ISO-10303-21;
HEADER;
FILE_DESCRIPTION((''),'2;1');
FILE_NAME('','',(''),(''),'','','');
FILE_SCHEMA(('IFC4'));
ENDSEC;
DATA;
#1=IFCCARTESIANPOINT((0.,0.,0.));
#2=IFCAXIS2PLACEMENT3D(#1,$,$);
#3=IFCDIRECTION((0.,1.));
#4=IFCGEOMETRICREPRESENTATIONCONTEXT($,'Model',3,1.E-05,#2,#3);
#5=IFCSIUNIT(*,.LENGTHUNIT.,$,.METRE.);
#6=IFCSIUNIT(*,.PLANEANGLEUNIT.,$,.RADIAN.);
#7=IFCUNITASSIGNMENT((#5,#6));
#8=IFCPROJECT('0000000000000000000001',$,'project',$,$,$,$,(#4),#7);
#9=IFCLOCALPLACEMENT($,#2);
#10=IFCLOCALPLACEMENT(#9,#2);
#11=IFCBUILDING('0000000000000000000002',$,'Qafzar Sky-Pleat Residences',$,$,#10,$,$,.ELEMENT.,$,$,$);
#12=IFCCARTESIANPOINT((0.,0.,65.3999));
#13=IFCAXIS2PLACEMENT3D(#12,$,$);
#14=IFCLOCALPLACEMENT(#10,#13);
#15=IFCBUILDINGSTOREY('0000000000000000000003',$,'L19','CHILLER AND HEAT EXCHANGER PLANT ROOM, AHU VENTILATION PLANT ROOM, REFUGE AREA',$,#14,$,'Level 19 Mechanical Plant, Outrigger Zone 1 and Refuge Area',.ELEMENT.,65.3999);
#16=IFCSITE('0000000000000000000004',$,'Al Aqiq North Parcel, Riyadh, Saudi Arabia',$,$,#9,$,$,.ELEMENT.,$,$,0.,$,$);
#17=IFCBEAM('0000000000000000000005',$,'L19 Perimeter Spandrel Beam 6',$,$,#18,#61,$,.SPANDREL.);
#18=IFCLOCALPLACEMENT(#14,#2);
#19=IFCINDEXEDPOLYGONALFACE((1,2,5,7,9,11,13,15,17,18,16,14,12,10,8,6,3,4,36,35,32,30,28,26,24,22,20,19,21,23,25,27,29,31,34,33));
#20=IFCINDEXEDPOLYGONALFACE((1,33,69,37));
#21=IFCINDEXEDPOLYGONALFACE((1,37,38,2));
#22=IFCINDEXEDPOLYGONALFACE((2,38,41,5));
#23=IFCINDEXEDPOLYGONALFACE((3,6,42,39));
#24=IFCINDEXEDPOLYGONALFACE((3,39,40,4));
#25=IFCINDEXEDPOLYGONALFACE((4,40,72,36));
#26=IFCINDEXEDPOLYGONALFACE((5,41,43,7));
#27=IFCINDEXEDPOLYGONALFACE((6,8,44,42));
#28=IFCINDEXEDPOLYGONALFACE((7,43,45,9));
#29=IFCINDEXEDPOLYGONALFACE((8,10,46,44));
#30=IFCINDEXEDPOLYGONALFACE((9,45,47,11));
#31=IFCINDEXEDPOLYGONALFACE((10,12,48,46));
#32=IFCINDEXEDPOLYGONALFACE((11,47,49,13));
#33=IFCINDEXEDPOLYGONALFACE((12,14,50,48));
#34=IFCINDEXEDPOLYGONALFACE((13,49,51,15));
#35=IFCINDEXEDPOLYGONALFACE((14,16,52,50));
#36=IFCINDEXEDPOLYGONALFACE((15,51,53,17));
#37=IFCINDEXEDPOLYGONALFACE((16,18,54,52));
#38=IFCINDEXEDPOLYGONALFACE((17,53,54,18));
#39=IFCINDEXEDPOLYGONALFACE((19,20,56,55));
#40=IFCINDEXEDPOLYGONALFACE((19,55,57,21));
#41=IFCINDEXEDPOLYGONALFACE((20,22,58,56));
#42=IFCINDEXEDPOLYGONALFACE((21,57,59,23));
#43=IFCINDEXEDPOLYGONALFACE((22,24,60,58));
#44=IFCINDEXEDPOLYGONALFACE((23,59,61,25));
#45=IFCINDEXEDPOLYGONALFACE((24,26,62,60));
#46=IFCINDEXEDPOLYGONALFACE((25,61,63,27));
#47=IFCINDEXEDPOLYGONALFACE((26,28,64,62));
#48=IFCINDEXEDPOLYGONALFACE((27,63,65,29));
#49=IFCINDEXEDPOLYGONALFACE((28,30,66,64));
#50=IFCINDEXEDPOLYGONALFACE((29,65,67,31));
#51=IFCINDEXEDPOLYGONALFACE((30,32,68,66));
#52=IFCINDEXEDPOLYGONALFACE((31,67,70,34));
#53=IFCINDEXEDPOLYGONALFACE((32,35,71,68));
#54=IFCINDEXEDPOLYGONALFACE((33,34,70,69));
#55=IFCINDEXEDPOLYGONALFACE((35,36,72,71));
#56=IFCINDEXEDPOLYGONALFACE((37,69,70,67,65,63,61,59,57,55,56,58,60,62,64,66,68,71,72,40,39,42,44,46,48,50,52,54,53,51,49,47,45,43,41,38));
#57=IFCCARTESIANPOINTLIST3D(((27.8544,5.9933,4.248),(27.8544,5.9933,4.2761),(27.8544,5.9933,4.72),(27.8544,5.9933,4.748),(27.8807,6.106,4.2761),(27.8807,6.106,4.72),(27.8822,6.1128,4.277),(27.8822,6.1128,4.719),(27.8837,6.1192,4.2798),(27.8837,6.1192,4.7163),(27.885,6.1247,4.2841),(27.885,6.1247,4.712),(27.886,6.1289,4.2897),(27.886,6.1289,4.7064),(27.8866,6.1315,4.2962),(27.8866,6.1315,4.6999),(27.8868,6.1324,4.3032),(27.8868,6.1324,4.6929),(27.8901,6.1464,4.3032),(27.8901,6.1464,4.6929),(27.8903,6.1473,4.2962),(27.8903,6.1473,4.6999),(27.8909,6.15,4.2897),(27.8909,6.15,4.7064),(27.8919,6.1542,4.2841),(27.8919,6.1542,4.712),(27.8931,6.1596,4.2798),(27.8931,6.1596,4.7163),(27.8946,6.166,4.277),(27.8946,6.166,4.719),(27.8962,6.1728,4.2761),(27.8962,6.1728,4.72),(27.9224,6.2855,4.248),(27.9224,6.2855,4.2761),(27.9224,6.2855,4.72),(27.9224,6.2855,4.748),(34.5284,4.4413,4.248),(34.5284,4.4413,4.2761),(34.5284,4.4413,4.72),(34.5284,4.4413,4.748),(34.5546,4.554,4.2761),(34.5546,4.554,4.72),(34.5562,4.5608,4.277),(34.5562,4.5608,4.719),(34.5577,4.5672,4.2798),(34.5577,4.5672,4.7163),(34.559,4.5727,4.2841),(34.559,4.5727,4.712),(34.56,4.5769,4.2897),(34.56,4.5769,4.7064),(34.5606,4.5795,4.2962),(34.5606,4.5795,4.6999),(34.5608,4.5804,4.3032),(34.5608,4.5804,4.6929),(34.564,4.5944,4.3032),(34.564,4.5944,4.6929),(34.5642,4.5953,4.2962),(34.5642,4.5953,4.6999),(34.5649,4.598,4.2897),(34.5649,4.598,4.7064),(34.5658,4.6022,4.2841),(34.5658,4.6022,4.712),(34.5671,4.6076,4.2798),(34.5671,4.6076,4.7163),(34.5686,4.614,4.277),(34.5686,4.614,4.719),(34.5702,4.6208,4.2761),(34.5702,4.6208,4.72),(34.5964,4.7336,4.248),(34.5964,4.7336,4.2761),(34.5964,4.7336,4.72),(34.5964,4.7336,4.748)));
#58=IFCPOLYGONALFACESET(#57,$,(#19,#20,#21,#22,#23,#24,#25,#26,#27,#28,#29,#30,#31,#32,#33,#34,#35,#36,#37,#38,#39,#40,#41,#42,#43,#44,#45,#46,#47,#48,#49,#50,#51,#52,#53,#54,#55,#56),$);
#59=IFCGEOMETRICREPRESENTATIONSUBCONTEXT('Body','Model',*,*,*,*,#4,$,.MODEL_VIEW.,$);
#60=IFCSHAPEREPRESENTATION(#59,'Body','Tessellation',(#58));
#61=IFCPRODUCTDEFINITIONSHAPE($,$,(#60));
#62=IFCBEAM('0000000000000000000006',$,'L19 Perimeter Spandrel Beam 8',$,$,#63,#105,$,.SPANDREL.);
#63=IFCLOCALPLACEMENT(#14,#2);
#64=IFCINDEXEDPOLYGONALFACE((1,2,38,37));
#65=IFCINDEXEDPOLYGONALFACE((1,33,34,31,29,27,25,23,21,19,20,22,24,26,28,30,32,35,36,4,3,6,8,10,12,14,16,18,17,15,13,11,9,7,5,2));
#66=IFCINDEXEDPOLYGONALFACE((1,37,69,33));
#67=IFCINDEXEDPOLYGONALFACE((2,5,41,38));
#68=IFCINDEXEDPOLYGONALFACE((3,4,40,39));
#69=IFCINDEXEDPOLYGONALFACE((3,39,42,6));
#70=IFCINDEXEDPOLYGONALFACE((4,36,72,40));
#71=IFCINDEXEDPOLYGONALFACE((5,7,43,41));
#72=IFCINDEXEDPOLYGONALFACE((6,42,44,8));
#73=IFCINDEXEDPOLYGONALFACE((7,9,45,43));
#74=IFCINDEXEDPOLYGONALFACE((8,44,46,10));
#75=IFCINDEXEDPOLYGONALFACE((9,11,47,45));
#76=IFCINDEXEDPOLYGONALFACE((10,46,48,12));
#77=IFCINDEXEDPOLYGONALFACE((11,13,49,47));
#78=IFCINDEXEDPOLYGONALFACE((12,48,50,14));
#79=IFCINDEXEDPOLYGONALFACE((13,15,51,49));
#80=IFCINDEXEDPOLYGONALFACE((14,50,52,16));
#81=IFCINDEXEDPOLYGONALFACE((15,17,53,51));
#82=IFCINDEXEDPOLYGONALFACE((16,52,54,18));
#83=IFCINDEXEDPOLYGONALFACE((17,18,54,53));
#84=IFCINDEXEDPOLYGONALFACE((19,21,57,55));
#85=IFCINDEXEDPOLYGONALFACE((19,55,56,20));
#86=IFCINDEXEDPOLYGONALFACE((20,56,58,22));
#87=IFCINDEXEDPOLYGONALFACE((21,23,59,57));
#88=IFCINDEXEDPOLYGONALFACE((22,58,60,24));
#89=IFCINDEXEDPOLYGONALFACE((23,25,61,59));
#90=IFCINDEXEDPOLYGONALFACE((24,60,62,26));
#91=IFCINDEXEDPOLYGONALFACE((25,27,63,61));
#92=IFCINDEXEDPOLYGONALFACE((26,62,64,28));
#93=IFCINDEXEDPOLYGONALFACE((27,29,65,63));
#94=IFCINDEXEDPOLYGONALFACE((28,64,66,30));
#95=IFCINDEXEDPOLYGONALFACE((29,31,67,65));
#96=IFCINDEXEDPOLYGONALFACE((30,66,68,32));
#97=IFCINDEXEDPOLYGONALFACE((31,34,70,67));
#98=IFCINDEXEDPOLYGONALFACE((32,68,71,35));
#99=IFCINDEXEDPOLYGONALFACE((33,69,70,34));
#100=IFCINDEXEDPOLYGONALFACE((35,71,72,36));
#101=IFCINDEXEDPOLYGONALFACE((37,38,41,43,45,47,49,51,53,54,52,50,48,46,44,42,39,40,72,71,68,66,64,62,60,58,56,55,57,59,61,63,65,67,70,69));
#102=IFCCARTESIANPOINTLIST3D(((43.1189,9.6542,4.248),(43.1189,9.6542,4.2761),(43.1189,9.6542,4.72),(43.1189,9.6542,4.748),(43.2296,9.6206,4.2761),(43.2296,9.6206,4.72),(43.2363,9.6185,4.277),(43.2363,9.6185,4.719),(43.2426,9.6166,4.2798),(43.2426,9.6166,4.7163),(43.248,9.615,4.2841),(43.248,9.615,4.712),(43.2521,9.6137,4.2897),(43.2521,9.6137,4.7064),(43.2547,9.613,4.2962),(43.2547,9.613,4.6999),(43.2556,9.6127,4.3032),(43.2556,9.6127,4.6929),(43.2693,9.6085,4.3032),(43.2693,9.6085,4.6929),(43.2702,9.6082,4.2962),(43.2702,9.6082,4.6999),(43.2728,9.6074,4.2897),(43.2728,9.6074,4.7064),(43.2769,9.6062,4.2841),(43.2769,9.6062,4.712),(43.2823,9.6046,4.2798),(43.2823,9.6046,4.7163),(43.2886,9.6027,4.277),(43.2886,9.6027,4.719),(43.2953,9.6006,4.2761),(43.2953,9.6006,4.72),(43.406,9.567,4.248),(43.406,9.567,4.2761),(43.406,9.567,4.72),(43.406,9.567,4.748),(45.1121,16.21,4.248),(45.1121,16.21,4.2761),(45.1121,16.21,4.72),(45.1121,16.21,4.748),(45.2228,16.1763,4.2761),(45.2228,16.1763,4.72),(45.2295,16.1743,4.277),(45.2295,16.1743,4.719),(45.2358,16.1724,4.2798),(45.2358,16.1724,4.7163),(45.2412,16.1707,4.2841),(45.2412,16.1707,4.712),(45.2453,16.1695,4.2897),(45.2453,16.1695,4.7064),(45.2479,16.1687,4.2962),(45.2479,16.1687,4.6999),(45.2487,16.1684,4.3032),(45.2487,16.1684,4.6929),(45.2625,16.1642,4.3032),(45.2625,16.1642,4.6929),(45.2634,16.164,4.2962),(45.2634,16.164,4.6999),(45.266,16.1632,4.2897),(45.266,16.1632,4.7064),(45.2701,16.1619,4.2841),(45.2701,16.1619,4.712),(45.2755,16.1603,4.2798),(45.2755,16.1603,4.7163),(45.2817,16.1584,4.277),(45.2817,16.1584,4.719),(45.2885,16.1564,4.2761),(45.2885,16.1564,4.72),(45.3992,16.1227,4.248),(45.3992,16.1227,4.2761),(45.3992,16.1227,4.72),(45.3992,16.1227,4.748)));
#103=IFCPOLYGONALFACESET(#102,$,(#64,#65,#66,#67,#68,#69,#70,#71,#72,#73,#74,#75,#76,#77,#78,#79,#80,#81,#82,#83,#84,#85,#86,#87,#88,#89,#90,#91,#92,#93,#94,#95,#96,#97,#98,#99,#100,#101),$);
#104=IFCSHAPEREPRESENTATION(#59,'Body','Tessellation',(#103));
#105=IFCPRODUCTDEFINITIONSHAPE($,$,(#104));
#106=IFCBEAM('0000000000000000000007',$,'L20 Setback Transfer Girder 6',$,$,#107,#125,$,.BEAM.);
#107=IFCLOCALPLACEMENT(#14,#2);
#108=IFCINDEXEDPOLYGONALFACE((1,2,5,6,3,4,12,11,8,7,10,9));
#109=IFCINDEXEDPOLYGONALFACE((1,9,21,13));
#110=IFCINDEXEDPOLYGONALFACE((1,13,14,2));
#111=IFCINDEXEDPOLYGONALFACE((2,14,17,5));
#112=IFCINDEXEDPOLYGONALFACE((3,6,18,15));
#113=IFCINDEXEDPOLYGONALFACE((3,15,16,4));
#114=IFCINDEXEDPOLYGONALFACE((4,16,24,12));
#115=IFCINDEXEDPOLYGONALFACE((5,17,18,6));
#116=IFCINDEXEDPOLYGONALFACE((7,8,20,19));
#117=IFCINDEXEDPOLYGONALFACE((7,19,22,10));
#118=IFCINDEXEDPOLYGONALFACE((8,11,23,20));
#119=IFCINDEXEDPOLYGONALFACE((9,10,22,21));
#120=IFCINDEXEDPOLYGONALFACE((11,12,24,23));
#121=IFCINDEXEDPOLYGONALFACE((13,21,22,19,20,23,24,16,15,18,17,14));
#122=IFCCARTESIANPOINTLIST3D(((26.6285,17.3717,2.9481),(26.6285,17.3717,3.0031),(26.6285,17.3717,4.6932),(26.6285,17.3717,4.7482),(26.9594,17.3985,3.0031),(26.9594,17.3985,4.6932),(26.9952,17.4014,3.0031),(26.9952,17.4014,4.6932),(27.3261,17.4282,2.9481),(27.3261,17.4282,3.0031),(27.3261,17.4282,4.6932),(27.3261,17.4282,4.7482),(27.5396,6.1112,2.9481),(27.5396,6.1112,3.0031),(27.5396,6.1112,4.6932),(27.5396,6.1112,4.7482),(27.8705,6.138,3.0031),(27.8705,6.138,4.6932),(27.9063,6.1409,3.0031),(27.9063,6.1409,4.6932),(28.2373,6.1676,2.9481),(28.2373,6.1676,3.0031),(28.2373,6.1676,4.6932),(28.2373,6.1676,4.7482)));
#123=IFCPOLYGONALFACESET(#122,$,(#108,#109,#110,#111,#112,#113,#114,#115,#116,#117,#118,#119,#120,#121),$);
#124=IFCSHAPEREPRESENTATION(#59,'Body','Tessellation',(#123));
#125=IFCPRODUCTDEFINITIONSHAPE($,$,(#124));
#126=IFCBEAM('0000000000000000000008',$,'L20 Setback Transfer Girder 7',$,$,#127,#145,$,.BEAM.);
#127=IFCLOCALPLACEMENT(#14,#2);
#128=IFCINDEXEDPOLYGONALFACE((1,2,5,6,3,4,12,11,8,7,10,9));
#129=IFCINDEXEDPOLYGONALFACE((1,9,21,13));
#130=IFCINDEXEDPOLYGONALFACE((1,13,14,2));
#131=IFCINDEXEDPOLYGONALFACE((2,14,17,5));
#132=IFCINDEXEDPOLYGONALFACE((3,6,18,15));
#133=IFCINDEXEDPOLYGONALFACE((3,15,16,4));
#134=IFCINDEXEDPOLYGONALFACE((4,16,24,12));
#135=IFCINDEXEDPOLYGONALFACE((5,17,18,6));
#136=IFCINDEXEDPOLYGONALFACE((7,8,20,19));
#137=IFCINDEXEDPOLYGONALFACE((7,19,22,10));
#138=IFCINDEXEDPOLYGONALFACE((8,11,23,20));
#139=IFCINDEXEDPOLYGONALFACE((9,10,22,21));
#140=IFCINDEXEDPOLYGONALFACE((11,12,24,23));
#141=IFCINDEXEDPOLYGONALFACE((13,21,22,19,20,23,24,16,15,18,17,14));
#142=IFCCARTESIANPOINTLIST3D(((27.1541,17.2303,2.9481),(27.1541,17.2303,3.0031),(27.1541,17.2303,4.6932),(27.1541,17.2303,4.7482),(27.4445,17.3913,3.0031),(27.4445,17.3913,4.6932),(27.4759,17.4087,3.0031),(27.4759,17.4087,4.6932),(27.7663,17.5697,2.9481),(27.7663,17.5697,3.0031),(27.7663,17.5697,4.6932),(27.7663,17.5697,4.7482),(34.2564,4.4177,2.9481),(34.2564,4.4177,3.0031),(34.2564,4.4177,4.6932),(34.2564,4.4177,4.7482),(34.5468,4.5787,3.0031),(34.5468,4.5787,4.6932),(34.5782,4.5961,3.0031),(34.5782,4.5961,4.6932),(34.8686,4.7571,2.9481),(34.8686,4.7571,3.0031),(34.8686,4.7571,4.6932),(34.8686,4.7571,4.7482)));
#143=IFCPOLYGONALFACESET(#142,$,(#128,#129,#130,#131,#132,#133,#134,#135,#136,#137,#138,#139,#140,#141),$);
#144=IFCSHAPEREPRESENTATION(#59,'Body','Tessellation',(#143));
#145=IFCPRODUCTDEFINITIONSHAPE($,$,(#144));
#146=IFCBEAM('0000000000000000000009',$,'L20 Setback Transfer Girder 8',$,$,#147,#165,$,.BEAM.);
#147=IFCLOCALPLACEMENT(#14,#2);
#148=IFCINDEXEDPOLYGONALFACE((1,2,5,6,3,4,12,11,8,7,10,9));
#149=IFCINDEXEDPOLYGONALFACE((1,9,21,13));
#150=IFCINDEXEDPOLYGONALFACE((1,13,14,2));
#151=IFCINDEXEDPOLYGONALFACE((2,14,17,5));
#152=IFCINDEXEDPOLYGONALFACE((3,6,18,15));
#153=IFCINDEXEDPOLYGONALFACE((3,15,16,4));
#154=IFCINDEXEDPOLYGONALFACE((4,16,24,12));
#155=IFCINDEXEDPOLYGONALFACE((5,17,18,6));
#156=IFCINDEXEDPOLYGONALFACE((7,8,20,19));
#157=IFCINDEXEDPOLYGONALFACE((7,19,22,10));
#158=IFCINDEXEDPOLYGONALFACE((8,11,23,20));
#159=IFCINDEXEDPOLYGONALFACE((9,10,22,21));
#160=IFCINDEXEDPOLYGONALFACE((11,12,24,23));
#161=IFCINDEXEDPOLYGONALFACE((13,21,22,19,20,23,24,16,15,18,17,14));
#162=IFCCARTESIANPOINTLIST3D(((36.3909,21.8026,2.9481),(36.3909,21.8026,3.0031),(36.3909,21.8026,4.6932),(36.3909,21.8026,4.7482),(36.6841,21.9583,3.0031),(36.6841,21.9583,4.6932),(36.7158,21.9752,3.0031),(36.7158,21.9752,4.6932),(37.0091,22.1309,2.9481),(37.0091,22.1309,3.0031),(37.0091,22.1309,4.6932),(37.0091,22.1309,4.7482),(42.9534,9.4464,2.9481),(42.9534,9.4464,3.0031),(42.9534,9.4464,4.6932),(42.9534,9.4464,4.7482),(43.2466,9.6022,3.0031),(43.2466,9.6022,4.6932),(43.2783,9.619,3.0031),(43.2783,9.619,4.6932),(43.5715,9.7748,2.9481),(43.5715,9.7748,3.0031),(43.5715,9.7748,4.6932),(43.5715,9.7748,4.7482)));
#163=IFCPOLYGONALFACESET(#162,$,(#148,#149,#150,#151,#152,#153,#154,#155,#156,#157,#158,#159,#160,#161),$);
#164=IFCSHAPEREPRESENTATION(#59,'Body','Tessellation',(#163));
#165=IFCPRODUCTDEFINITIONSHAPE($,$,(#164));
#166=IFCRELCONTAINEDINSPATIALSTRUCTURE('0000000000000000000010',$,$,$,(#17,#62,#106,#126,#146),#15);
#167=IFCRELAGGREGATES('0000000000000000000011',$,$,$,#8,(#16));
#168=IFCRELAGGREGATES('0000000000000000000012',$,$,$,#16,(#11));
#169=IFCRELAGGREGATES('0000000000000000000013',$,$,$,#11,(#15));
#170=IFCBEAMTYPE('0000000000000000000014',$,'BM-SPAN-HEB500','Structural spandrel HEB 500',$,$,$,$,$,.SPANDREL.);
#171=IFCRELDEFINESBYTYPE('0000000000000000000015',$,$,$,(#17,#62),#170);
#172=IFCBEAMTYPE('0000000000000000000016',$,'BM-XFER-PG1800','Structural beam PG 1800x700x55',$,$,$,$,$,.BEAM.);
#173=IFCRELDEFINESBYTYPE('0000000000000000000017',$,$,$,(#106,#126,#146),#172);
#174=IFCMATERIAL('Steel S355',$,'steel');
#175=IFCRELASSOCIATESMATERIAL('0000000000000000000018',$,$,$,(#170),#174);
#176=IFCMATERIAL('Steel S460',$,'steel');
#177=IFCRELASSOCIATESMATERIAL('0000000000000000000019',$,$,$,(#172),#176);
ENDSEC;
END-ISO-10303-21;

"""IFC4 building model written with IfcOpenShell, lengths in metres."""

from ifc_helpers import new_model, si_unit, direction, frame, origin, origin_2d, place, context, subcontext, project, spatial, i_section, extrude, source, transform, mapped, material, material_profile, profile_set, type_object, element, save


model = new_model("IFC4")

# Units and contexts
model_context = context("Model", 3, precision=1e-05, world=origin(), true_north=direction((0.0, 1.0)))
body_context = subcontext(model_context, "Body", "Model", "MODEL_VIEW")
ifc_project = project(units=[si_unit("LENGTHUNIT", "METRE"), si_unit("PLANEANGLEUNIT", "RADIAN")], contexts=[model_context])

# Site, building, storey
site_placement = place(None, origin())
site = spatial("IfcSite", under=ifc_project, at=site_placement, Name="Al Aqiq North Parcel, Riyadh, Saudi Arabia", CompositionType="ELEMENT", RefElevation=0.0)
building_placement = place(site_placement, origin())
building = spatial("IfcBuilding", under=site, at=building_placement, Name="Qafzar Sky-Pleat Residences", CompositionType="ELEMENT")
storey_placement = place(building_placement, frame((0.0, 0.0, 65.3999)))
storey = spatial("IfcBuildingStorey", under=building, at=storey_placement, Name="L19", Description="CHILLER AND HEAT EXCHANGER PLANT ROOM, AHU VENTILATION PLANT ROOM, REFUGE AREA", LongName="Level 19 Mechanical Plant, Outrigger Zone 1 and Refuge Area", CompositionType="ELEMENT", Elevation=65.3999)

# Shared definitions
ifc_material_1 = material(Name="Steel S460", Category="steel")

# Beams
ifc_material_2 = material(Name="Steel S355", Category="steel")
ifc_material_profile_1 = material_profile(ifc_material_2, i_section(OverallWidth=0.3, OverallDepth=0.5, WebThickness=0.0144, FlangeThickness=0.0281, FilletRadius=0.0271, at=origin_2d()), Name="HEB 500")
ifc_profile_set_1 = profile_set([ifc_material_profile_1], Name="Steel S355")
beam_type_1 = type_object("IfcBeamType", Name="BM-SPAN-HEB500", Description="Structural spandrel HEB 500", PredefinedType="SPANDREL", material=ifc_profile_set_1)
shared_shape_1 = source(origin(), body_context, "Body", "SweptSolid", [
    extrude(i_section(OverallWidth=0.3, OverallDepth=0.5, WebThickness=0.0144, FlangeThickness=0.0281, FilletRadius=0.0271, at=origin_2d()), origin(), (0.0, 0.0, 1.0), 6.8521),
])
for number, where, z_axis, x_axis, name in (
    (1, (27.8884, 6.1394, 4.498), (0.974012, -0.226499, 0.0), (0.226499, 0.974012, 0.0), "L19 Perimeter Spandrel Beam 6"),
    (2, (43.2625, 9.6106, 4.498), (0.290889, 0.956757, 0.0), (-0.956757, 0.290889, 0.0), "L19 Perimeter Spandrel Beam 8"),
):
    element("IfcBeam", number, at=place(storey_placement, frame(where, z_axis=z_axis, x_axis=x_axis)), inside=storey, type_object=beam_type_1, Name=name, PredefinedType="SPANDREL", context=body_context, shape_type="MappedRepresentation", body=[
        mapped(shared_shape_1, transform((0.0, 0.0, 0.0), x_axis=(1.0, 0.0, 0.0), y_axis=(0.0, 1.0, 0.0), z_axis=(0.0, 0.0, 1.0), scale=1.0)),
    ])
ifc_material_profile_2 = material_profile(ifc_material_1, i_section(OverallWidth=0.7, OverallDepth=1.8, WebThickness=0.0359, FlangeThickness=0.0549, at=origin_2d()), Name="PG 1800x700x55")
ifc_profile_set_2 = profile_set([ifc_material_profile_2], Name="Steel S460")
beam_type_2 = type_object("IfcBeamType", Name="BM-XFER-PG1800", Description="Structural beam PG 1800x700x55", PredefinedType="BEAM", material=ifc_profile_set_2)
shared_shape_2 = source(origin(), body_context, "Body", "SweptSolid", [
    extrude(i_section(OverallWidth=0.7, OverallDepth=1.8, WebThickness=0.0359, FlangeThickness=0.0549, at=origin_2d()), origin(), (0.0, 0.0, 1.0), 11.2974),
])
beam_1_placement = place(storey_placement, frame((27.8884, 6.1394, 3.8481), z_axis=(-0.08065, 0.996742, 0.0), x_axis=(-0.996742, -0.08065, 0.0)))
element("IfcBeam", 3, at=beam_1_placement, inside=storey, type_object=beam_type_2, Name="L20 Setback Transfer Girder 6", PredefinedType="BEAM", context=body_context, shape_type="MappedRepresentation", body=[
    mapped(shared_shape_2, transform((0.0, 0.0, 0.0), x_axis=(1.0, 0.0, 0.0), y_axis=(0.0, 1.0, 0.0), z_axis=(0.0, 0.0, 1.0), scale=1.0)),
])
shared_shape_3 = source(origin(), body_context, "Body", "SweptSolid", [
    extrude(i_section(OverallWidth=0.7, OverallDepth=1.8, WebThickness=0.0359, FlangeThickness=0.0549, at=origin_2d()), origin(), (0.0, 0.0, 1.0), 14.6494),
])
beam_2_placement = place(storey_placement, frame((34.5625, 4.5874, 3.8481), z_axis=(-0.484821, 0.874614, 0.0), x_axis=(-0.874614, -0.484821, 0.0)))
element("IfcBeam", 4, at=beam_2_placement, inside=storey, type_object=beam_type_2, Name="L20 Setback Transfer Girder 7", PredefinedType="BEAM", context=body_context, shape_type="MappedRepresentation", body=[
    mapped(shared_shape_3, transform((0.0, 0.0, 0.0), x_axis=(1.0, 0.0, 0.0), y_axis=(0.0, 1.0, 0.0), z_axis=(0.0, 0.0, 1.0), scale=1.0)),
])
shared_shape_4 = source(origin(), body_context, "Body", "SweptSolid", [
    extrude(i_section(OverallWidth=0.7, OverallDepth=1.8, WebThickness=0.0359, FlangeThickness=0.0549, at=origin_2d()), origin(), (0.0, 0.0, 1.0), 13.9907),
])
beam_3_placement = place(storey_placement, frame((43.2625, 9.6106, 3.8481), z_axis=(-0.469059, 0.883167, 0.0), x_axis=(-0.883167, -0.469059, 0.0)))
element("IfcBeam", 5, at=beam_3_placement, inside=storey, type_object=beam_type_2, Name="L20 Setback Transfer Girder 8", PredefinedType="BEAM", context=body_context, shape_type="MappedRepresentation", body=[
    mapped(shared_shape_4, transform((0.0, 0.0, 0.0), x_axis=(1.0, 0.0, 0.0), y_axis=(0.0, 1.0, 0.0), z_axis=(0.0, 0.0, 1.0), scale=1.0)),
])

save(model, "model.ifc")
